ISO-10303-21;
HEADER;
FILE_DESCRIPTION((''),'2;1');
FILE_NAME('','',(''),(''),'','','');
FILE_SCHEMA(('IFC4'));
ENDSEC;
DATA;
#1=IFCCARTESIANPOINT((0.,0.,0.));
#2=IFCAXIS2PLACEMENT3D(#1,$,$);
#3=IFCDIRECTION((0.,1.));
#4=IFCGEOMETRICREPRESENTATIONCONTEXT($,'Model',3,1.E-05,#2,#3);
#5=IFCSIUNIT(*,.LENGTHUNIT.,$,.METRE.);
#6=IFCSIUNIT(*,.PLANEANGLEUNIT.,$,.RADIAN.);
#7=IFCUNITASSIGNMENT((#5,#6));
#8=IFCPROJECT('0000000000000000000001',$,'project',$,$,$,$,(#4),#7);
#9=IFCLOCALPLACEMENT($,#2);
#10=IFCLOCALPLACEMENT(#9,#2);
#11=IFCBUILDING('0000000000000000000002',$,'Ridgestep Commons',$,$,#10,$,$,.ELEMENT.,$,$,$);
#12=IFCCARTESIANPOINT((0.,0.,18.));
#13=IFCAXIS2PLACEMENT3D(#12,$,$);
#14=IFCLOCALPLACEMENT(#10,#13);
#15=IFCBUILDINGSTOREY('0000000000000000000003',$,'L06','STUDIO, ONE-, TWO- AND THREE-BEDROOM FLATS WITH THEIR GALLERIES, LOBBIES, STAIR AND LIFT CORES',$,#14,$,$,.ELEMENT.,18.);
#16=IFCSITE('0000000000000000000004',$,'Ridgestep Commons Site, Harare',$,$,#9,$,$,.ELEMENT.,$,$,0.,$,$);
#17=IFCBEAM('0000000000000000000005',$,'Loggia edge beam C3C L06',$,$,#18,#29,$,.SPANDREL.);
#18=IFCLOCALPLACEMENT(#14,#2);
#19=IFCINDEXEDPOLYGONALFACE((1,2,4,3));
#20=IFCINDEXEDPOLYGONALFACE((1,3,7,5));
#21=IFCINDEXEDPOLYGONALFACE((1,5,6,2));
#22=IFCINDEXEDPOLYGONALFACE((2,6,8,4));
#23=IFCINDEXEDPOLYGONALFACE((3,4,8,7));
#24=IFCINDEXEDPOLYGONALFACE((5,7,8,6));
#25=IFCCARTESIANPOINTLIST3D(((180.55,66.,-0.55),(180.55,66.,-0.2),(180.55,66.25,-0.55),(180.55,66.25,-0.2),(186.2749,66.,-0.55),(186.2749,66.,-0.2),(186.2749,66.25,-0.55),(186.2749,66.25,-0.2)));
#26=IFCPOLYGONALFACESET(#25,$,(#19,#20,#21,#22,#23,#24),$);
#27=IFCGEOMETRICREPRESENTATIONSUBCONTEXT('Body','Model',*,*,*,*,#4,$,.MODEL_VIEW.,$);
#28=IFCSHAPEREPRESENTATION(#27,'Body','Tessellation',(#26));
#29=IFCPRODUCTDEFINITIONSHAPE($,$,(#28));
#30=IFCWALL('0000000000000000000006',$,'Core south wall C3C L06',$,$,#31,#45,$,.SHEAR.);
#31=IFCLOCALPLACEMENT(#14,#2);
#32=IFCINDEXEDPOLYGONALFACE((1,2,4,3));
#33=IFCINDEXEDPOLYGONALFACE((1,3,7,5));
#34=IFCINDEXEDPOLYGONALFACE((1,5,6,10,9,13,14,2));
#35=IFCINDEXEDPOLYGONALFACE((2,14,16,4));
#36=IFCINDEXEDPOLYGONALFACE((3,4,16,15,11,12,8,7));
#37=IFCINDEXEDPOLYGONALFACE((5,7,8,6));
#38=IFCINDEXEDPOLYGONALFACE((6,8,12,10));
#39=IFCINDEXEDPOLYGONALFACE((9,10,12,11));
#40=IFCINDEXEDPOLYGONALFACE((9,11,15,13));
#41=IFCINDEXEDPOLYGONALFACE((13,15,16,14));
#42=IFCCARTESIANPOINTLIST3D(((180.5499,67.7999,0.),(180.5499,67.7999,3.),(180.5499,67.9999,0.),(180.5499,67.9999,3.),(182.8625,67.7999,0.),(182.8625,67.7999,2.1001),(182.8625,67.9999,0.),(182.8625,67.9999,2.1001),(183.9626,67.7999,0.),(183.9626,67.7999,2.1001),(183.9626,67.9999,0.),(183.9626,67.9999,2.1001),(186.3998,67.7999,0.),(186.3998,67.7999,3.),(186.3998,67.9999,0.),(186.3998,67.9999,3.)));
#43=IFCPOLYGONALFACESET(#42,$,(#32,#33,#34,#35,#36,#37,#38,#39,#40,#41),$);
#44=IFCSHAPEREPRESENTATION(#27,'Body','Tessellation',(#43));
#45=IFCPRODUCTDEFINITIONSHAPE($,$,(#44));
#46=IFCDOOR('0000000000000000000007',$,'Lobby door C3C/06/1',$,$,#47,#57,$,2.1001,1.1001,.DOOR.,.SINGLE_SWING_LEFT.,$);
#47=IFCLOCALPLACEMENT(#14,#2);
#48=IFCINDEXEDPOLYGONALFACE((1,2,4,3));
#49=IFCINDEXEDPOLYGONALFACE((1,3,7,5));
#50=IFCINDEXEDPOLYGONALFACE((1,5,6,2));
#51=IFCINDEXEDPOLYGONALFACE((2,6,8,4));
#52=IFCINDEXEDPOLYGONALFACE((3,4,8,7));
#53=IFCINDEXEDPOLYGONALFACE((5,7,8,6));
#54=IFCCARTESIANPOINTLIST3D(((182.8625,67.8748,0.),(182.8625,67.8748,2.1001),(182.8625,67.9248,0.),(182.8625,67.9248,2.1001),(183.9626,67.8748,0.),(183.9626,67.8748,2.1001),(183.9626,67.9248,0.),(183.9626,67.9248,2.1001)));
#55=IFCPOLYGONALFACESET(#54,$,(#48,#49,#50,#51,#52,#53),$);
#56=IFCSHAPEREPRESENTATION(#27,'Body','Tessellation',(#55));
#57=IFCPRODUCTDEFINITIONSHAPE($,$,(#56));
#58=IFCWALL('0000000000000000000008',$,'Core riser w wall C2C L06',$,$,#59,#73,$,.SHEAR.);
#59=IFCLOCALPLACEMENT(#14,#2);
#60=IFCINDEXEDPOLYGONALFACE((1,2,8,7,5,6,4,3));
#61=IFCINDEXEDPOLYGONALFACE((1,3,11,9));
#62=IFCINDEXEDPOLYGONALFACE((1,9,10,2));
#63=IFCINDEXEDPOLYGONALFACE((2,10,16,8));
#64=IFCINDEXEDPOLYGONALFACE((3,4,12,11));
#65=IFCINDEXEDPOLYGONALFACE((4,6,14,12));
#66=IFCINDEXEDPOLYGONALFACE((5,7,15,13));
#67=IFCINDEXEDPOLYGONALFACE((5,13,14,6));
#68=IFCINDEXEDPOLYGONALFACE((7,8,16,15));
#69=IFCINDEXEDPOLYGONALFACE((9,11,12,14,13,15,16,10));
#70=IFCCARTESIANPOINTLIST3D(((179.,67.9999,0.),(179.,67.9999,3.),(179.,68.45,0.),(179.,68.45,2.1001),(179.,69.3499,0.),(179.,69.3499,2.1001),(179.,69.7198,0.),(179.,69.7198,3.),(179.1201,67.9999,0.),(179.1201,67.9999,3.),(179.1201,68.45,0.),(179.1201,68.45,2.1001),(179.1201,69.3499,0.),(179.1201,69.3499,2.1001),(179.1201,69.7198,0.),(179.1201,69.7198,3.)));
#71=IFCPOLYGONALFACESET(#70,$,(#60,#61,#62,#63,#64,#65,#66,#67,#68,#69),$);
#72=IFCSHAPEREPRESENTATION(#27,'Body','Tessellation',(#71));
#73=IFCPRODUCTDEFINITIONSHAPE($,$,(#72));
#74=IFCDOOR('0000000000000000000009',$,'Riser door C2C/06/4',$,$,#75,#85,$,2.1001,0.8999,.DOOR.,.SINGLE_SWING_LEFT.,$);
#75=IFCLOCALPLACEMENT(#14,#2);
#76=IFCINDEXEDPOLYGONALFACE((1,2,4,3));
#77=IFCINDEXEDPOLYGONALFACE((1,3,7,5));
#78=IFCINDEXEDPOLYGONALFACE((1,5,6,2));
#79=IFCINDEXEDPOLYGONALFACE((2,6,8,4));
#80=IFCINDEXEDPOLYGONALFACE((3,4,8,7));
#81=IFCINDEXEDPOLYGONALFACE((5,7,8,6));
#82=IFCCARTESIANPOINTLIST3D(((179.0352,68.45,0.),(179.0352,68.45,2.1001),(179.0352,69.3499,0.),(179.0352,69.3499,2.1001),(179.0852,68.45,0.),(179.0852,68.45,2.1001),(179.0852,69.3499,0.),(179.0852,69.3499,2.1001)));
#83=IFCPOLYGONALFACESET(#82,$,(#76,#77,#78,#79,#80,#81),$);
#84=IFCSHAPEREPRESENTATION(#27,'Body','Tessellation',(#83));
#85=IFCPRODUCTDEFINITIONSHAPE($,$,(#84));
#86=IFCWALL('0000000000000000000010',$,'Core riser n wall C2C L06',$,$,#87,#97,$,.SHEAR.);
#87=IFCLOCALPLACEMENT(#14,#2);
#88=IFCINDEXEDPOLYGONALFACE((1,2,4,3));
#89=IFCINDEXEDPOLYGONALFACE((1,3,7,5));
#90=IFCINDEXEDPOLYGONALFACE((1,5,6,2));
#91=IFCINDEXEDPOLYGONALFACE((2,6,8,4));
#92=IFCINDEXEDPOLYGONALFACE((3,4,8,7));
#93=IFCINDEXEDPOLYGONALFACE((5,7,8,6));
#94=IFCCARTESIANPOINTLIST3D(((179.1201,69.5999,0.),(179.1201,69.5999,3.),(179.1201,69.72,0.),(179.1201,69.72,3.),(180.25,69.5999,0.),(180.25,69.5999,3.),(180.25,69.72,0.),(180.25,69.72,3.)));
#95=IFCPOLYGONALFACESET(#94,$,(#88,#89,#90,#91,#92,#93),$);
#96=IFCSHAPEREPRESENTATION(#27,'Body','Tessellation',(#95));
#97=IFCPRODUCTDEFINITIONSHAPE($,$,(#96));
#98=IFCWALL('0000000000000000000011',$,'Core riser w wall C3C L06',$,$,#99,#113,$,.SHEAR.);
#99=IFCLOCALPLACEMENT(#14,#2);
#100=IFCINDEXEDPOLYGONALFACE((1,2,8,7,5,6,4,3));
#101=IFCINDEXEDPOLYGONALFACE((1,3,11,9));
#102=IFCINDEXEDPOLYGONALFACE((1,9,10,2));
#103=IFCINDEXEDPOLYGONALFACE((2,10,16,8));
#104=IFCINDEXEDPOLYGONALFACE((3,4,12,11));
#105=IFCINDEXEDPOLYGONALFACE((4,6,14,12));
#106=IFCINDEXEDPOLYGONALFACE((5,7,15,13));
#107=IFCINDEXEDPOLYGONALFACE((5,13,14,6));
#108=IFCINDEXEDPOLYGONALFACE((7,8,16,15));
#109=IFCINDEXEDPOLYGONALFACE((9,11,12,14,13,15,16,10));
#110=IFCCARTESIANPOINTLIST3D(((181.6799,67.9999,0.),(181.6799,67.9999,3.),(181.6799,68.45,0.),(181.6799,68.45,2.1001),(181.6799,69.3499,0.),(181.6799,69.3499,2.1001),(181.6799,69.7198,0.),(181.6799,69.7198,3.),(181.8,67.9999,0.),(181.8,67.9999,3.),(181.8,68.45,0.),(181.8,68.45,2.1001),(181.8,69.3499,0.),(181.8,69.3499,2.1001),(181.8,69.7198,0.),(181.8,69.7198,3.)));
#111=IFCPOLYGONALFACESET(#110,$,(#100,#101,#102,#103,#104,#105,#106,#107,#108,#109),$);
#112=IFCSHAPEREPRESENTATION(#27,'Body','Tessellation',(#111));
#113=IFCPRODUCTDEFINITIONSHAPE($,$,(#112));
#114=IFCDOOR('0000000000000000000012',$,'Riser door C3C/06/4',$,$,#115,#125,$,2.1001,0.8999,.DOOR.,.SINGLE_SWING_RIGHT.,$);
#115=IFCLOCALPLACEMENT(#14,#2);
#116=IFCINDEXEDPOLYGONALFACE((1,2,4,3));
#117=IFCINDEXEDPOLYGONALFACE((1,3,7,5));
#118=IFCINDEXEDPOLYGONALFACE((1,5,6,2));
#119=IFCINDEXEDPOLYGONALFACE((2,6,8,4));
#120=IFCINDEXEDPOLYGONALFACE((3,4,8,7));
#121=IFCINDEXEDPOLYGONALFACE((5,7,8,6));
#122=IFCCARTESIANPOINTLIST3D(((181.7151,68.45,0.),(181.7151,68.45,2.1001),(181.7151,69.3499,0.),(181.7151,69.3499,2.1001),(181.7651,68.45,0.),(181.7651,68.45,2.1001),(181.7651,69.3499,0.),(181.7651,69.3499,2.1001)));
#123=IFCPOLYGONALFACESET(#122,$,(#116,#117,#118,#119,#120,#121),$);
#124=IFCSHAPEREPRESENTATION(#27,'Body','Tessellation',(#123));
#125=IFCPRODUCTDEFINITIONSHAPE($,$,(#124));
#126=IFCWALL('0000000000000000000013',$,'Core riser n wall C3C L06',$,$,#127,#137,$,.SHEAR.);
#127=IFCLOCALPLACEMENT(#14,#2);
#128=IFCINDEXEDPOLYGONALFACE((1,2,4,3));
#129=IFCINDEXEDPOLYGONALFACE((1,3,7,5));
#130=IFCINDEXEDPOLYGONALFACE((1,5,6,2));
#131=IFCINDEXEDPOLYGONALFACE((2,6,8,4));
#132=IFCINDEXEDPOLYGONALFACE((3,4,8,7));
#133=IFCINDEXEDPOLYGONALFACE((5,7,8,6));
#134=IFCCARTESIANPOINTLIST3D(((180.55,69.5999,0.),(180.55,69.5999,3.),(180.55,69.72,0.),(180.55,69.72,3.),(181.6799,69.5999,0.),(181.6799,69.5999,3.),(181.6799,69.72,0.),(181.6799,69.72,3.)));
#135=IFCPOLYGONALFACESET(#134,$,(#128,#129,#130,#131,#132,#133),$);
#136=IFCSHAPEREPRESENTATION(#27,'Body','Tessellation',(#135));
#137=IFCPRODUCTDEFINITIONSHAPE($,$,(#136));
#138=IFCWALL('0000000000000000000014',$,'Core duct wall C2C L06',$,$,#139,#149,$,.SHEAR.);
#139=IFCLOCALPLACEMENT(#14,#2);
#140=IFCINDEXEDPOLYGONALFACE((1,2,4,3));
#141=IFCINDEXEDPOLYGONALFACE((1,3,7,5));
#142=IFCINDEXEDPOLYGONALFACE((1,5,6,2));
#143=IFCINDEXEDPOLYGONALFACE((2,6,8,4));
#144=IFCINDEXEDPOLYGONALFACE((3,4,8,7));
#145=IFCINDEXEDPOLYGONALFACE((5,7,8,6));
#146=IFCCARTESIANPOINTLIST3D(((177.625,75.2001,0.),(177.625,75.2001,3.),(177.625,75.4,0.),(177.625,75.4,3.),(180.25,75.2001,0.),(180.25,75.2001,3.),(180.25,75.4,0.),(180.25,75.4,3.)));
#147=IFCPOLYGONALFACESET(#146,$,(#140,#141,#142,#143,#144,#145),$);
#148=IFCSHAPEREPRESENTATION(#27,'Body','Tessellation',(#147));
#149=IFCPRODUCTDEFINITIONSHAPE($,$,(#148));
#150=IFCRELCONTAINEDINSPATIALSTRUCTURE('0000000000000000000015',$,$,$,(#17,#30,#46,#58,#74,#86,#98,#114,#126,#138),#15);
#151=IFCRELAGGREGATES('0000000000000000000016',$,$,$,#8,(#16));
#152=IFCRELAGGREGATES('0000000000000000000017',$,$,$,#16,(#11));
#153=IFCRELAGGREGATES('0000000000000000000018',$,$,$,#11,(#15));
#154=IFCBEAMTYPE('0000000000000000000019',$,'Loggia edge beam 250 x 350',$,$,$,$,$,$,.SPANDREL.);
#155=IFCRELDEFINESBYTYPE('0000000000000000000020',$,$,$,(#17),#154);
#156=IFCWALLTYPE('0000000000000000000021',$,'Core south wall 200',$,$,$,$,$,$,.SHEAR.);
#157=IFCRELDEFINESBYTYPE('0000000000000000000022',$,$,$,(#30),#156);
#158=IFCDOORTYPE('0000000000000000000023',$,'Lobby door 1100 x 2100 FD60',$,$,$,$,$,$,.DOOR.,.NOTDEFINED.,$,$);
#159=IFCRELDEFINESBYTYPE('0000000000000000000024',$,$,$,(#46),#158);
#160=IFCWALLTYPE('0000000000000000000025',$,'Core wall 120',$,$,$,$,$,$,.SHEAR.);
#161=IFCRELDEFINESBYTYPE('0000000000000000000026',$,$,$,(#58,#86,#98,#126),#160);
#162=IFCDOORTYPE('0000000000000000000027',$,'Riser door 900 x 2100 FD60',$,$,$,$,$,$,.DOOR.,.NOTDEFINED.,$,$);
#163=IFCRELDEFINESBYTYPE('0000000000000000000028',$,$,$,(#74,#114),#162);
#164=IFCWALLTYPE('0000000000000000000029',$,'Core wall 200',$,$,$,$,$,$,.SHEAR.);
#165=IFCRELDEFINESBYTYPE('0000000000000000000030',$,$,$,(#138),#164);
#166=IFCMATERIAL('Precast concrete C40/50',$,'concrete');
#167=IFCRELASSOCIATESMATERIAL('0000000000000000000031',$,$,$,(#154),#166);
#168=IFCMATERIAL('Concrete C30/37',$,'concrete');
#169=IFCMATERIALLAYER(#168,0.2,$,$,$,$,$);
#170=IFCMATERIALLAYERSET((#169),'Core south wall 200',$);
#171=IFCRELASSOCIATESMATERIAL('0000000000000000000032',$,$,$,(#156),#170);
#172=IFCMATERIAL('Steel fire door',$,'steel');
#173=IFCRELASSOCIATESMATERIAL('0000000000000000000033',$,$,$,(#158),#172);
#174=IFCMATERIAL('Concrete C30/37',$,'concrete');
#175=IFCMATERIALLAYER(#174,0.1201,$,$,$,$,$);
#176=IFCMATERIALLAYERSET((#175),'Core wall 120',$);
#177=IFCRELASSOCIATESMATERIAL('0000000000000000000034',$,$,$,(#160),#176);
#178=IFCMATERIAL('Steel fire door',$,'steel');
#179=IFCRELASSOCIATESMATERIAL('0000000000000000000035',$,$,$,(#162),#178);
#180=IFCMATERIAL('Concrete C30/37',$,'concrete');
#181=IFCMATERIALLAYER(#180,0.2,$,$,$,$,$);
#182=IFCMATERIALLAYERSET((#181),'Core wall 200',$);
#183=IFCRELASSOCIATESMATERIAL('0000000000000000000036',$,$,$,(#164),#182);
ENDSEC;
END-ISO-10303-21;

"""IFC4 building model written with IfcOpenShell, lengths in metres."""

from ifc_helpers import new_model, si_unit, direction, frame, frame_2d, origin, origin_2d, place, context, subcontext, project, spatial, rectangle, extrude, material, layer, layer_set, material_profile, profile_set, type_object, element, fill, save


model = new_model("IFC4")

# Units and contexts
model_context = context("Model", 3, precision=1e-05, world=origin(), true_north=direction((0.0, 1.0)))
body_context = subcontext(model_context, "Body", "Model", "MODEL_VIEW")
ifc_project = project(units=[si_unit("LENGTHUNIT", "METRE"), si_unit("PLANEANGLEUNIT", "RADIAN")], contexts=[model_context])

# Site, building, storey
site_placement = place(None, origin())
site = spatial("IfcSite", under=ifc_project, at=site_placement, Name="Ridgestep Commons Site, Harare", CompositionType="ELEMENT", RefElevation=0.0)
building_placement = place(site_placement, origin())
building = spatial("IfcBuilding", under=site, at=building_placement, Name="Ridgestep Commons", CompositionType="ELEMENT")
storey_placement = place(building_placement, frame((0.0, 0.0, 18.0)))
storey = spatial("IfcBuildingStorey", under=building, at=storey_placement, Name="L06", Description="STUDIO, ONE-, TWO- AND THREE-BEDROOM FLATS WITH THEIR GALLERIES, LOBBIES, STAIR AND LIFT CORES", CompositionType="ELEMENT", Elevation=18.0)

# Beam
ifc_material_1 = material(Name="Precast concrete C40/50", Category="concrete")
ifc_material_profile = material_profile(ifc_material_1, rectangle(XDim=0.25, YDim=0.3501, at=origin_2d()), Name="PC 250x350")
ifc_profile_set = profile_set([ifc_material_profile], Name="Precast concrete C40/50")
beam_type = type_object("IfcBeamType", Name="Loggia edge beam 250 x 350", PredefinedType="SPANDREL", material=ifc_profile_set)
beam_placement = place(storey_placement, frame((180.55, 66.125, -0.375), z_axis=(1.0, 0.0, 0.0), x_axis=(0.0, 1.0, 0.0)))
element("IfcBeam", 1, at=beam_placement, inside=storey, type_object=beam_type, Name="Loggia edge beam C3C L06", PredefinedType="SPANDREL", context=body_context, shape_type="SweptSolid", body=[
    extrude(rectangle(XDim=0.25, YDim=0.3501, at=origin_2d()), origin(), (0.0, 0.0, 1.0), 5.7249),
])

# Walls, openings, doors
ifc_material_2 = material(Name="Concrete C30/37", Category="concrete")
ifc_layer_1 = layer(ifc_material_2, 0.2)
ifc_layer_set_1 = layer_set([ifc_layer_1], Name="Core south wall 200")
wall_type_1 = type_object("IfcWallType", Name="Core south wall 200", PredefinedType="SHEAR", material=ifc_layer_set_1)
wall_1_placement = place(storey_placement, frame((180.55, 67.8999, 0.0), z_axis=(0.0, 0.0, 1.0), x_axis=(1.0, 0.0, 0.0)))
wall_1 = element("IfcWall", 2, at=wall_1_placement, inside=storey, type_object=wall_type_1, Name="Core south wall C3C L06", PredefinedType="SHEAR", context=body_context, shape_type="SweptSolid", body=[
    extrude(rectangle(XDim=5.8499, YDim=0.2, at=frame_2d((2.9248, 0.0))), origin(), (0.0, 0.0, 1.0), 3.0),
])
opening_1_placement = place(wall_1_placement, frame((2.3125, 0.0, 0.0)))
opening_1 = element("IfcOpeningElement", 3, at=opening_1_placement, cuts=wall_1, PredefinedType="OPENING", context=body_context, shape_type="SweptSolid", body=[
    extrude(rectangle(XDim=1.1001, YDim=2.1001, at=frame_2d((0.55, 1.05))), frame((0.0, 0.1099, 0.0), z_axis=(0.0, -1.0, 0.0), x_axis=(1.0, 0.0, 0.0)), (0.0, 0.0, 1.0), 0.22),
])
ifc_material_3 = material(Name="Steel fire door", Category="steel")
door_type_1 = type_object("IfcDoorType", Name="Lobby door 1100 x 2100 FD60", OperationType="NOTDEFINED", PredefinedType="DOOR", material=ifc_material_3)
door_1_placement = place(opening_1_placement, origin())
door_1 = element("IfcDoor", 4, at=door_1_placement, inside=storey, type_object=door_type_1, Name="Lobby door C3C/06/1", OperationType="SINGLE_SWING_LEFT", OverallHeight=2.1001, OverallWidth=1.1001, PredefinedType="DOOR", context=body_context, shape_type="SweptSolid", body=[
    extrude(rectangle(XDim=1.1001, YDim=2.1001, at=frame_2d((0.55, 1.05))), frame((0.0, 0.0249, 0.0), z_axis=(0.0, -1.0, 0.0), x_axis=(1.0, 0.0, 0.0)), (0.0, 0.0, 1.0), 0.05),
])
fill(opening_1, door_1)
ifc_material_4 = material(Name="Concrete C30/37", Category="concrete")
ifc_layer_2 = layer(ifc_material_4, 0.1201)
ifc_layer_set_2 = layer_set([ifc_layer_2], Name="Core wall 120")
wall_type_2 = type_object("IfcWallType", Name="Core wall 120", PredefinedType="SHEAR", material=ifc_layer_set_2)
wall_2_placement = place(storey_placement, frame((179.0601, 68.0, 0.0), z_axis=(0.0, 0.0, 1.0), x_axis=(0.0, 1.0, 0.0)))
wall_2 = element("IfcWall", 5, at=wall_2_placement, inside=storey, type_object=wall_type_2, Name="Core riser w wall C2C L06", PredefinedType="SHEAR", context=body_context, shape_type="SweptSolid", body=[
    extrude(rectangle(XDim=1.72, YDim=0.1201, at=frame_2d((0.8599, 0.0))), origin(), (0.0, 0.0, 1.0), 3.0),
])
opening_2_placement = place(wall_2_placement, frame((0.45, 0.0, 0.0)))
opening_2 = element("IfcOpeningElement", 6, at=opening_2_placement, cuts=wall_2, PredefinedType="OPENING", context=body_context, shape_type="SweptSolid", body=[
    extrude(rectangle(XDim=0.8999, YDim=2.1001, at=frame_2d((0.45, 1.05))), frame((0.0, 0.0701, 0.0), z_axis=(0.0, -1.0, 0.0), x_axis=(1.0, 0.0, 0.0)), (0.0, 0.0, 1.0), 0.1401),
])
ifc_material_5 = material(Name="Steel fire door", Category="steel")
door_type_2 = type_object("IfcDoorType", Name="Riser door 900 x 2100 FD60", OperationType="NOTDEFINED", PredefinedType="DOOR", material=ifc_material_5)
door_2_placement = place(opening_2_placement, origin())
door_2 = element("IfcDoor", 7, at=door_2_placement, inside=storey, type_object=door_type_2, Name="Riser door C2C/06/4", OperationType="SINGLE_SWING_LEFT", OverallHeight=2.1001, OverallWidth=0.8999, PredefinedType="DOOR", context=body_context, shape_type="SweptSolid", body=[
    extrude(rectangle(XDim=0.8999, YDim=2.1001, at=frame_2d((0.45, 1.05))), frame((0.0, 0.0249, 0.0), z_axis=(0.0, -1.0, 0.0), x_axis=(1.0, 0.0, 0.0)), (0.0, 0.0, 1.0), 0.05),
])
fill(opening_2, door_2)

# Wall
wall_3_placement = place(storey_placement, frame((179.1201, 69.6599, 0.0), z_axis=(0.0, 0.0, 1.0), x_axis=(1.0, 0.0, 0.0)))
element("IfcWall", 8, at=wall_3_placement, inside=storey, type_object=wall_type_2, Name="Core riser n wall C2C L06", PredefinedType="SHEAR", context=body_context, shape_type="SweptSolid", body=[
    extrude(rectangle(XDim=1.1299, YDim=0.1201, at=frame_2d((0.5649, 0.0))), origin(), (0.0, 0.0, 1.0), 3.0),
])

# Wall, opening, door
wall_4_placement = place(storey_placement, frame((181.74, 68.0, 0.0), z_axis=(0.0, 0.0, 1.0), x_axis=(0.0, 1.0, 0.0)))
wall_4 = element("IfcWall", 9, at=wall_4_placement, inside=storey, type_object=wall_type_2, Name="Core riser w wall C3C L06", PredefinedType="SHEAR", context=body_context, shape_type="SweptSolid", body=[
    extrude(rectangle(XDim=1.72, YDim=0.1201, at=frame_2d((0.8599, 0.0))), origin(), (0.0, 0.0, 1.0), 3.0),
])
opening_3_placement = place(wall_4_placement, frame((0.45, 0.0, 0.0)))
opening_3 = element("IfcOpeningElement", 10, at=opening_3_placement, cuts=wall_4, PredefinedType="OPENING", context=body_context, shape_type="SweptSolid", body=[
    extrude(rectangle(XDim=0.8999, YDim=2.1001, at=frame_2d((0.45, 1.05))), frame((0.0, 0.0701, 0.0), z_axis=(0.0, -1.0, 0.0), x_axis=(1.0, 0.0, 0.0)), (0.0, 0.0, 1.0), 0.1401),
])
door_3_placement = place(opening_3_placement, origin())
door_3 = element("IfcDoor", 11, at=door_3_placement, inside=storey, type_object=door_type_2, Name="Riser door C3C/06/4", OperationType="SINGLE_SWING_RIGHT", OverallHeight=2.1001, OverallWidth=0.8999, PredefinedType="DOOR", context=body_context, shape_type="SweptSolid", body=[
    extrude(rectangle(XDim=0.8999, YDim=2.1001, at=frame_2d((0.45, 1.05))), frame((0.0, 0.0249, 0.0), z_axis=(0.0, -1.0, 0.0), x_axis=(1.0, 0.0, 0.0)), (0.0, 0.0, 1.0), 0.05),
])
fill(opening_3, door_3)

# Walls
wall_5_placement = place(storey_placement, frame((180.55, 69.6599, 0.0), z_axis=(0.0, 0.0, 1.0), x_axis=(1.0, 0.0, 0.0)))
element("IfcWall", 12, at=wall_5_placement, inside=storey, type_object=wall_type_2, Name="Core riser n wall C3C L06", PredefinedType="SHEAR", context=body_context, shape_type="SweptSolid", body=[
    extrude(rectangle(XDim=1.1299, YDim=0.1201, at=frame_2d((0.5649, 0.0))), origin(), (0.0, 0.0, 1.0), 3.0),
])
ifc_material_6 = material(Name="Concrete C30/37", Category="concrete")
ifc_layer_3 = layer(ifc_material_6, 0.2)
ifc_layer_set_3 = layer_set([ifc_layer_3], Name="Core wall 200")
wall_type_3 = type_object("IfcWallType", Name="Core wall 200", PredefinedType="SHEAR", material=ifc_layer_set_3)
wall_6_placement = place(storey_placement, frame((177.625, 75.3, 0.0), z_axis=(0.0, 0.0, 1.0), x_axis=(1.0, 0.0, 0.0)))
element("IfcWall", 13, at=wall_6_placement, inside=storey, type_object=wall_type_3, Name="Core duct wall C2C L06", PredefinedType="SHEAR", context=body_context, shape_type="SweptSolid", body=[
    extrude(rectangle(XDim=2.625, YDim=0.2, at=frame_2d((1.3125, 0.0))), origin(), (0.0, 0.0, 1.0), 3.0),
])

save(model, "model.ifc")
